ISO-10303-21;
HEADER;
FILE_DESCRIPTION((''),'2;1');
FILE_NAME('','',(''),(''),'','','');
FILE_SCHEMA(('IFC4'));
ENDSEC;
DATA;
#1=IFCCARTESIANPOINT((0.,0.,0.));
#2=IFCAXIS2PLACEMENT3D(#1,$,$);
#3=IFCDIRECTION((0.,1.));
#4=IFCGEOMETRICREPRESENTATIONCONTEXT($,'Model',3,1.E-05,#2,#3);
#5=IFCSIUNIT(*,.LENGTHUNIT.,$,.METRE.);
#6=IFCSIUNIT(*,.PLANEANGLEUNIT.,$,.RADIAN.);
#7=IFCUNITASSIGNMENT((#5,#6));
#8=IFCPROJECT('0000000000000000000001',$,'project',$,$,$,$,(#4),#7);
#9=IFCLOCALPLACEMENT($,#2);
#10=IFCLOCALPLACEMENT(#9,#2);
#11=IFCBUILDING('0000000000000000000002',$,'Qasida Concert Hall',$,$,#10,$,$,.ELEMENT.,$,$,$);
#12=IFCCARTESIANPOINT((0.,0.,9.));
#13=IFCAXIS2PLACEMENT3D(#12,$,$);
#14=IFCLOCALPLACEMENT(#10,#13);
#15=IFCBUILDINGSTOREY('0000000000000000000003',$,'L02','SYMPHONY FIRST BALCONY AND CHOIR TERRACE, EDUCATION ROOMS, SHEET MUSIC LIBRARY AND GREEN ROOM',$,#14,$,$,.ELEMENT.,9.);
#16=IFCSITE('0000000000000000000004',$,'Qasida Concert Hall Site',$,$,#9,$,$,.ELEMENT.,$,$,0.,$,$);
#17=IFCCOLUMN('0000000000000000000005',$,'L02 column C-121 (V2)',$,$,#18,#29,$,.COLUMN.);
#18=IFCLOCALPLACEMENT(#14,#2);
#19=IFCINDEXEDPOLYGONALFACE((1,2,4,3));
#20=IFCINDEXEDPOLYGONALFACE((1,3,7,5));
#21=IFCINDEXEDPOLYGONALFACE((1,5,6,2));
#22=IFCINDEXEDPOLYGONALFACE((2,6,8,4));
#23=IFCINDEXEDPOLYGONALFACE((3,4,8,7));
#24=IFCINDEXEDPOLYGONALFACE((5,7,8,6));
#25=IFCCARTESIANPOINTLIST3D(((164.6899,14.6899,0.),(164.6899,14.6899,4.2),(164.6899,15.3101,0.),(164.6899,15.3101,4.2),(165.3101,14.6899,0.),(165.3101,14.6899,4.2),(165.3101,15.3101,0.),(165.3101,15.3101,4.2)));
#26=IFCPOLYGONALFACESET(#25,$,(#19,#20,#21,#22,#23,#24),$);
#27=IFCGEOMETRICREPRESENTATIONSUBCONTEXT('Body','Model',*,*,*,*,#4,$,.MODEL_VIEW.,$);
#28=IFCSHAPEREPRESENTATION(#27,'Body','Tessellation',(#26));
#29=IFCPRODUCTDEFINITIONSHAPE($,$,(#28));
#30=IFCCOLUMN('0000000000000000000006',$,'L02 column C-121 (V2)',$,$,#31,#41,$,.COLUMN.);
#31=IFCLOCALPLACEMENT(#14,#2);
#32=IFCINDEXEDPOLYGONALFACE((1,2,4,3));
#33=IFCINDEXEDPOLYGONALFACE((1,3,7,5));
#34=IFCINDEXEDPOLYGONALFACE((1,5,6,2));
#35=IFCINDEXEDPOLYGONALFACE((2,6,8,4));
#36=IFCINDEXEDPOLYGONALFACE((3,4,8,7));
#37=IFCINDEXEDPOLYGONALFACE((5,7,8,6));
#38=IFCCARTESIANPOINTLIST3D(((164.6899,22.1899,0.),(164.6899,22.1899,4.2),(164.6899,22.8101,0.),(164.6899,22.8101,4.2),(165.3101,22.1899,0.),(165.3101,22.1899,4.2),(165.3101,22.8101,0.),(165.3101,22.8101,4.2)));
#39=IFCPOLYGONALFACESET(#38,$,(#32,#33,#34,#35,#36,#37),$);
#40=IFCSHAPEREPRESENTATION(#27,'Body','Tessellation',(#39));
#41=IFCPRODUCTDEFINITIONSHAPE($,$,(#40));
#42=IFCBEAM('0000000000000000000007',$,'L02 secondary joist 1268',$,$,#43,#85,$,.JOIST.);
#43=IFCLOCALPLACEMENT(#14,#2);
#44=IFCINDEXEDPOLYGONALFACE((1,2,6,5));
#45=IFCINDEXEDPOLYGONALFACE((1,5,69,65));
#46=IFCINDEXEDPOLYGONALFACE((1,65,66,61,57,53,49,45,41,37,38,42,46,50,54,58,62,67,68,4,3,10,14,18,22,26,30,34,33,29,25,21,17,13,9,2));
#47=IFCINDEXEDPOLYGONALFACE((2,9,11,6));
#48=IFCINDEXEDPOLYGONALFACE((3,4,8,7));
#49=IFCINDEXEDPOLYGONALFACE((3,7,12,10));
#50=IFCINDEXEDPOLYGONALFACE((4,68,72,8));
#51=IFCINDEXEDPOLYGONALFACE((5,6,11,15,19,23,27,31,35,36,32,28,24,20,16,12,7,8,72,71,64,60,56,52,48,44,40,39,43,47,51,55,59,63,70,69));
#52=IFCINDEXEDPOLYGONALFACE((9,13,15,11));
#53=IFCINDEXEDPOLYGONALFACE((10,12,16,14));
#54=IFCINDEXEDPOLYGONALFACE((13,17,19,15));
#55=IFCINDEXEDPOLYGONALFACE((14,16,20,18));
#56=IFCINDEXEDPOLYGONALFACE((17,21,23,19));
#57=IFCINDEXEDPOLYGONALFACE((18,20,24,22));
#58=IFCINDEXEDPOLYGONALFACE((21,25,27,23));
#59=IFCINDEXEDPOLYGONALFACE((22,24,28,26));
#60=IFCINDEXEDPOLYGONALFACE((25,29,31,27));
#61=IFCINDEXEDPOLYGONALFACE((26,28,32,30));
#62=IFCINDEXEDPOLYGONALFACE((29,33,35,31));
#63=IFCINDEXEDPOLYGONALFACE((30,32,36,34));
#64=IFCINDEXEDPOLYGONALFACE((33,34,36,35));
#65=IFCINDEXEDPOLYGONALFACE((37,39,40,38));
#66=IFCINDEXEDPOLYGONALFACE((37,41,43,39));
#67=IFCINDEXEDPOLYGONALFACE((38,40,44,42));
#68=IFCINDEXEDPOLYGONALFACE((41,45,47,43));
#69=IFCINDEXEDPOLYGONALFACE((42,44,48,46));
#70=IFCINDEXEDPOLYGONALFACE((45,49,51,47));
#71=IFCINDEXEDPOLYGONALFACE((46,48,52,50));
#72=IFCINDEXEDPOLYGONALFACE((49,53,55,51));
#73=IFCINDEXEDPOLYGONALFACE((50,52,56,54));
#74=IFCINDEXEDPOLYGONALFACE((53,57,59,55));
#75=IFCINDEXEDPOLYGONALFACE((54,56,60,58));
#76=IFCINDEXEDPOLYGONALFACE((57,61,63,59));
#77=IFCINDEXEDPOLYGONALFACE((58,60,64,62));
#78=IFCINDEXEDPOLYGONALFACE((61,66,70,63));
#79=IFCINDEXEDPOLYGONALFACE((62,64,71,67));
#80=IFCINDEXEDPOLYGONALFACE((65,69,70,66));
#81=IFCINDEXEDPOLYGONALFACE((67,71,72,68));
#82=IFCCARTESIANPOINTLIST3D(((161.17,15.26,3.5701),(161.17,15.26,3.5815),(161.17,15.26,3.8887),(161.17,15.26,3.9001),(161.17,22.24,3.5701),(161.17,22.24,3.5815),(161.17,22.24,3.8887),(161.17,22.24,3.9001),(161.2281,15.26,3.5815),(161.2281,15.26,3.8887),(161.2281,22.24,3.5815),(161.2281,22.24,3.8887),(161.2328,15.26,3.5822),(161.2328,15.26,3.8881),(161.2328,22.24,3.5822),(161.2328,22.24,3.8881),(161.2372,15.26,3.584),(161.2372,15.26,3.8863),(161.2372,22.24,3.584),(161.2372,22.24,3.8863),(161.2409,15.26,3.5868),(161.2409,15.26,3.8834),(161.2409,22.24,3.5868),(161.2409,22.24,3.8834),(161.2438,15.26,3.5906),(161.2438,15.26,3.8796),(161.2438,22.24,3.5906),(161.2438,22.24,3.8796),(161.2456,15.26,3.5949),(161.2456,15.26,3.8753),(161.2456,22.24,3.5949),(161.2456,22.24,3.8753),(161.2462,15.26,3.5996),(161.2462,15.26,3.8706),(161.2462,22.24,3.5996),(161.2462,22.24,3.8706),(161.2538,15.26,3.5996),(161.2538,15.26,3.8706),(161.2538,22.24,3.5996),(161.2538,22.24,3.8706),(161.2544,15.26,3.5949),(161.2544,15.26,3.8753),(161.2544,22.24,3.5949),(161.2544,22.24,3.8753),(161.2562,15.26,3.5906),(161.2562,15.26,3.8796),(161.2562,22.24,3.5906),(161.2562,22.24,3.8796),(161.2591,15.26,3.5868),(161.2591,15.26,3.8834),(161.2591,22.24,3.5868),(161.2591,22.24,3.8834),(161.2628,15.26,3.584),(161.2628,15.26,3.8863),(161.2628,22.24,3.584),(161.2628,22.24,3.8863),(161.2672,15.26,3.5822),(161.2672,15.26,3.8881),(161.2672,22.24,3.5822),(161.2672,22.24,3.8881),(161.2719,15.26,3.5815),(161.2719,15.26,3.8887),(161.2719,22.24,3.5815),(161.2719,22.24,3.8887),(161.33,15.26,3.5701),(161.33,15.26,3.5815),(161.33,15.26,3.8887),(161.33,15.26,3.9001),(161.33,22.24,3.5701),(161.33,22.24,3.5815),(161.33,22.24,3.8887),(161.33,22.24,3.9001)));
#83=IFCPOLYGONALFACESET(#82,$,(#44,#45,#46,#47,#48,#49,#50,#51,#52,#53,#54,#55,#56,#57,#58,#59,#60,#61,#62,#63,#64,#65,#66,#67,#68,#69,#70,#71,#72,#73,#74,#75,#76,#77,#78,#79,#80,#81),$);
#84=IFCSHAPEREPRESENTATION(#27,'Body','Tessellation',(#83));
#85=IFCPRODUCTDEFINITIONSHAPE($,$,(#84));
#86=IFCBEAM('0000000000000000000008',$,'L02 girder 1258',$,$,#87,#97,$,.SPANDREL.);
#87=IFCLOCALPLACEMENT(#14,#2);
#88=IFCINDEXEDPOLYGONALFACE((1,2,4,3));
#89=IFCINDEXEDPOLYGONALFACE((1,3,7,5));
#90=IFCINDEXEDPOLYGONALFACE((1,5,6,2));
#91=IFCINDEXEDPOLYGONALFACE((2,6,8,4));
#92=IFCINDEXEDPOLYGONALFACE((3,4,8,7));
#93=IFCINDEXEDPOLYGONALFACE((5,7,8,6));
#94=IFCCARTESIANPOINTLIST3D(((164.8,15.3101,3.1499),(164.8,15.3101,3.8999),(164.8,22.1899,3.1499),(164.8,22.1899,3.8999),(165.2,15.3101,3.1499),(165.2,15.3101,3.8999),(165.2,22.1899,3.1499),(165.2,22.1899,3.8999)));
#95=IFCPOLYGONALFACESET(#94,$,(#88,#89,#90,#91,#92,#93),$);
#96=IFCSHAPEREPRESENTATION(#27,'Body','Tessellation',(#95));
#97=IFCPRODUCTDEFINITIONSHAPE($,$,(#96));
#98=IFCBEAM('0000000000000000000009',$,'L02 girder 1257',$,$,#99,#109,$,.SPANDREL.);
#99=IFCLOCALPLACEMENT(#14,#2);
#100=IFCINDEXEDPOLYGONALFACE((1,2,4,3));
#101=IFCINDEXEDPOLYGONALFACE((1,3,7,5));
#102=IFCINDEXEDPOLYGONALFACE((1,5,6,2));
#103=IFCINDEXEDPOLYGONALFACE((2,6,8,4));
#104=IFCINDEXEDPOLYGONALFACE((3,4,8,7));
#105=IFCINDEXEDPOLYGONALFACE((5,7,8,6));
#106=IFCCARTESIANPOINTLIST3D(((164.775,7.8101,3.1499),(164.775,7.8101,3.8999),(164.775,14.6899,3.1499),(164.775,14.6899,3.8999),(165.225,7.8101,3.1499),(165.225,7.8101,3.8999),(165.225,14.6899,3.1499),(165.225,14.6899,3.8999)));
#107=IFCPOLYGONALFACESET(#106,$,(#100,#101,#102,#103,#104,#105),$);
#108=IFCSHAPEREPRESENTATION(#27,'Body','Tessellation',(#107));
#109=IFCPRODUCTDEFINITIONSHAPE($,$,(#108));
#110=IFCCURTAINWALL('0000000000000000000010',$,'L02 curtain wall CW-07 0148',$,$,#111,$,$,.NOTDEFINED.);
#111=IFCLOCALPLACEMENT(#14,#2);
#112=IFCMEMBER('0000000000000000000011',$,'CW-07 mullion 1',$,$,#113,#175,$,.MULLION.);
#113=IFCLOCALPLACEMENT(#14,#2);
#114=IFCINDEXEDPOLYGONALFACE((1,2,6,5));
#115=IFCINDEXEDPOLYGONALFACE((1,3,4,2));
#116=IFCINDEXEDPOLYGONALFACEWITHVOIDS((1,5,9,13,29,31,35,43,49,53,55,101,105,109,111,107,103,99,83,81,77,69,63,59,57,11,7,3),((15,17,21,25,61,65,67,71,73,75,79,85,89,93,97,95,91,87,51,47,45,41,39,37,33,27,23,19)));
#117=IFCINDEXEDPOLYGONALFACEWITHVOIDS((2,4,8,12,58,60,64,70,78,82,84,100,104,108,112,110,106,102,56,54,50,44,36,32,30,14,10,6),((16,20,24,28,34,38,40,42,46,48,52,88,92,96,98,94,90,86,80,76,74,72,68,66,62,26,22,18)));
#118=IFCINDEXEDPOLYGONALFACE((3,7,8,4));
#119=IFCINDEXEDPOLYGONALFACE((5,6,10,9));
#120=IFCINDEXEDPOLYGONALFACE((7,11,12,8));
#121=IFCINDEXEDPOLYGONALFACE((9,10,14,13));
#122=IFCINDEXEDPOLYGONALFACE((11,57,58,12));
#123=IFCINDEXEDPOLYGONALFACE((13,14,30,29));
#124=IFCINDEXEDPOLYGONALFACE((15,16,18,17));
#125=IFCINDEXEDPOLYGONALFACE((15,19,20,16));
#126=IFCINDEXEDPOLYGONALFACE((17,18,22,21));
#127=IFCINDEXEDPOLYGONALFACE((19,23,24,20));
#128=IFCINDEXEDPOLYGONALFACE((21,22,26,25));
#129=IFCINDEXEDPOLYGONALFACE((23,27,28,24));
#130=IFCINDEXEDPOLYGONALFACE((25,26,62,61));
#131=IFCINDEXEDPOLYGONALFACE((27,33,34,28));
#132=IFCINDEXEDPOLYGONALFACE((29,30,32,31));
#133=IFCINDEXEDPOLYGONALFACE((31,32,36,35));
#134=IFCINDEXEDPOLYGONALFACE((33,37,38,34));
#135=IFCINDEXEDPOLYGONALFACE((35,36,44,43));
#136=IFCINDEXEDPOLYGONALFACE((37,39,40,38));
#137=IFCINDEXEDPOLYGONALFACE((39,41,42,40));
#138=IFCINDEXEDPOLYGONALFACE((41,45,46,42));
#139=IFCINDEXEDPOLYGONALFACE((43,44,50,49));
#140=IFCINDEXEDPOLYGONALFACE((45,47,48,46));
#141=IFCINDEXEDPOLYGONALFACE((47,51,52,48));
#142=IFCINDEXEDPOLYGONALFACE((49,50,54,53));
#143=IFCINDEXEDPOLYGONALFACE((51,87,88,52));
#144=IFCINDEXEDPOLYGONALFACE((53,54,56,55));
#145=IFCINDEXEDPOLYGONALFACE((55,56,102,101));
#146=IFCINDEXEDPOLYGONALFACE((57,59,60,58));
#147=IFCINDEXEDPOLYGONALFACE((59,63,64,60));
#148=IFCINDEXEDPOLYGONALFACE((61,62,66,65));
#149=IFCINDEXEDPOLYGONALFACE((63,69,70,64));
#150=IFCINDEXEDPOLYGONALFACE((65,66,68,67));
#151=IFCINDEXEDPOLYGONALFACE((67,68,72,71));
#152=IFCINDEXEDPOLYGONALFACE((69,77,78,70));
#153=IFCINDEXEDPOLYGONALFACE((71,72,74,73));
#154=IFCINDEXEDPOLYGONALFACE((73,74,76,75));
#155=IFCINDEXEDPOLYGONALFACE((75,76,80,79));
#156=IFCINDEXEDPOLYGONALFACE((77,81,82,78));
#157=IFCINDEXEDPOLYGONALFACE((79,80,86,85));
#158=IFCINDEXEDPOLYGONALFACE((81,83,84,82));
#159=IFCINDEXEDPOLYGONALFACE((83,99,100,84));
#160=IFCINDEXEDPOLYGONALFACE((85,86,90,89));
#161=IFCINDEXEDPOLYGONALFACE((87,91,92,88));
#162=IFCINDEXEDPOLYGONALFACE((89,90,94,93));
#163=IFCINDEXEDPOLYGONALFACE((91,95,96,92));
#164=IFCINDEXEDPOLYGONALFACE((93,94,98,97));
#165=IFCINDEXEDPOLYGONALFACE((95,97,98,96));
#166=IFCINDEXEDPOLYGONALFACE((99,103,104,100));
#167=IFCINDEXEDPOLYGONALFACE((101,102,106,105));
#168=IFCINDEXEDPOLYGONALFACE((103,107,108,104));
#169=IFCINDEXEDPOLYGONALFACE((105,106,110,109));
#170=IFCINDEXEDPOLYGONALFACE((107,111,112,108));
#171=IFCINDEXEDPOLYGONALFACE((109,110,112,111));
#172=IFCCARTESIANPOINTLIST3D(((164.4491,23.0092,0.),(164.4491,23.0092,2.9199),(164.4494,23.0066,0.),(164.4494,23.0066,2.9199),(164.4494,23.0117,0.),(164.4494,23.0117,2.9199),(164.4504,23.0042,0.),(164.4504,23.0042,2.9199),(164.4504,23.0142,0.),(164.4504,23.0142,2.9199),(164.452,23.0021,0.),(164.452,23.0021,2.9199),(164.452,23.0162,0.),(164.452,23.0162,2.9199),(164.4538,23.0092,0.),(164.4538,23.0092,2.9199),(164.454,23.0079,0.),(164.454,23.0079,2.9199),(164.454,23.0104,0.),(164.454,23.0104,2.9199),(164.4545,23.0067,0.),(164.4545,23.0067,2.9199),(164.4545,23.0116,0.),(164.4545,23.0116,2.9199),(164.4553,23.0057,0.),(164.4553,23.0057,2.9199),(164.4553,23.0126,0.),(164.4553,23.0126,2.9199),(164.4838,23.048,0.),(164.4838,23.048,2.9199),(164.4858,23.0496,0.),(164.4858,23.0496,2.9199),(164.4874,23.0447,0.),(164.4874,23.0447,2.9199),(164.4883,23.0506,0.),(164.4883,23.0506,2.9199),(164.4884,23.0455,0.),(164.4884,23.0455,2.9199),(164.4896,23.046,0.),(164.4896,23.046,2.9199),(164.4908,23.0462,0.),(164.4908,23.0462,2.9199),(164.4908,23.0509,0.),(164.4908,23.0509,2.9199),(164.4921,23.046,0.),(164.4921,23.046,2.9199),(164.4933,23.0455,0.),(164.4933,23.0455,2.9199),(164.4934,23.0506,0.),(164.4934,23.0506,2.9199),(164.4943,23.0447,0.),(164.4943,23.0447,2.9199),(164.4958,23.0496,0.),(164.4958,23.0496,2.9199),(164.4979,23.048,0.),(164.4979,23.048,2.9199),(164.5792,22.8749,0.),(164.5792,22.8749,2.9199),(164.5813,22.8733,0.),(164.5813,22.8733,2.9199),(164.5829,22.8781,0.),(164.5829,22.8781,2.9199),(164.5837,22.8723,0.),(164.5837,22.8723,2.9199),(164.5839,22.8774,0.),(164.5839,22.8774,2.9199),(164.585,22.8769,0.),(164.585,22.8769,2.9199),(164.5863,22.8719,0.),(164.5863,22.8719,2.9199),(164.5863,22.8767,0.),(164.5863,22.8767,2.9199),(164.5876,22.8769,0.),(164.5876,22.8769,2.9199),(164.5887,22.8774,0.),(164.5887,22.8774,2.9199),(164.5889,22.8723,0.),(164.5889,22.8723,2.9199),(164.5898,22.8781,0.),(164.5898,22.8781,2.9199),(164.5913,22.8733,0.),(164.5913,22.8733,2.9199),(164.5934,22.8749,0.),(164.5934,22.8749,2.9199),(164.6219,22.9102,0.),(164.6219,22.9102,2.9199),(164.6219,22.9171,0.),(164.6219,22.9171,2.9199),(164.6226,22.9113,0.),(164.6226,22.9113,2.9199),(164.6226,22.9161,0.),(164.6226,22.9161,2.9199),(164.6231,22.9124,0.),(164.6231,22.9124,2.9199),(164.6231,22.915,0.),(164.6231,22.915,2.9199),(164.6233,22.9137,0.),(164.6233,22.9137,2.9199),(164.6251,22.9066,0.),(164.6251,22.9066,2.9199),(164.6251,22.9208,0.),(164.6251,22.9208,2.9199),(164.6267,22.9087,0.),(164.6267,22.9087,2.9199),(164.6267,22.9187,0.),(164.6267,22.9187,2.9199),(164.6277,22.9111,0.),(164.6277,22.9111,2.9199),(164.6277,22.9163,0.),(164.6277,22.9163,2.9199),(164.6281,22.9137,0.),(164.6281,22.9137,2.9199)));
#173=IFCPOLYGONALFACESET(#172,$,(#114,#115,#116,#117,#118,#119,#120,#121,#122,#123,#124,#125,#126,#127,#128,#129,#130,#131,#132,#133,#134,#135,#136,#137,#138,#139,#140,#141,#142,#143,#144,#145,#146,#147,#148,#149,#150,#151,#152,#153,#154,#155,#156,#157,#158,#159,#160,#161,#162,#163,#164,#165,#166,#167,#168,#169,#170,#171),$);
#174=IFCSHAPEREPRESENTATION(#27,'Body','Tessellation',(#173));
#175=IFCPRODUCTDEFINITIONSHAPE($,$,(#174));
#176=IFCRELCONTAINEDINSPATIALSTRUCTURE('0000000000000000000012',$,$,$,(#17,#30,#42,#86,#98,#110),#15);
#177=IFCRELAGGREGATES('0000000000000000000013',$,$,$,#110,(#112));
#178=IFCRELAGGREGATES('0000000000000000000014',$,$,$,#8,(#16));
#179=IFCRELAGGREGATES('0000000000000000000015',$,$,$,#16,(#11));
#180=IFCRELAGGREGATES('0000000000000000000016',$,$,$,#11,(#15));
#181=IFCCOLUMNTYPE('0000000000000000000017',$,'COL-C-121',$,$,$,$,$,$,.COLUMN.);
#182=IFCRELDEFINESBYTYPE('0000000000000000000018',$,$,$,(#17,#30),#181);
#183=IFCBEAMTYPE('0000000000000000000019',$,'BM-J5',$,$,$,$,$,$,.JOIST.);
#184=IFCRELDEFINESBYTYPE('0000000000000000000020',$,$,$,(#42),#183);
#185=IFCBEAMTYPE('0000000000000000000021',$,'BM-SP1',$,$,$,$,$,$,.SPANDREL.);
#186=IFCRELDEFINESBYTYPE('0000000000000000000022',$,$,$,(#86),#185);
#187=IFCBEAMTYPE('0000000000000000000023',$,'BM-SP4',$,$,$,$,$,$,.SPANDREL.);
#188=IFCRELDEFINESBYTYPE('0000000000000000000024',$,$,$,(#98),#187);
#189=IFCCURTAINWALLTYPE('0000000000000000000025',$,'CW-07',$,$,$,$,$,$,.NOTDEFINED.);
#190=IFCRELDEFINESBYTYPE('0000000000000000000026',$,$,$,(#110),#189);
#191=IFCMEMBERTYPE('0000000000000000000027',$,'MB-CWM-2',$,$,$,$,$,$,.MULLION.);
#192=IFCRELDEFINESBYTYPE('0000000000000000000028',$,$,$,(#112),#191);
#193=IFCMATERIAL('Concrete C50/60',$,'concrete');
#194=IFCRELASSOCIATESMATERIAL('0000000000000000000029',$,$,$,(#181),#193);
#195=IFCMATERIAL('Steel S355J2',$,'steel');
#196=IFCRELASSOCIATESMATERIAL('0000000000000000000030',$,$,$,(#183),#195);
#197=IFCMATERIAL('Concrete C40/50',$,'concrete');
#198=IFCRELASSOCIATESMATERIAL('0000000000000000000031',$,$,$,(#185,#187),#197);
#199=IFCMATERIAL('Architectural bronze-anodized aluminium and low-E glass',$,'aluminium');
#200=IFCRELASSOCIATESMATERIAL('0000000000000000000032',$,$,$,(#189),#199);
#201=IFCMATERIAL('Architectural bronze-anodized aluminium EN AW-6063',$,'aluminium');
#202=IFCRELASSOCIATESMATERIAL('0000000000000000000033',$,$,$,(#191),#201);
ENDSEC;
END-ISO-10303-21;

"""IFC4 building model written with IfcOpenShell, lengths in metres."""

from ifc_helpers import new_model, si_unit, direction, frame, origin, origin_2d, place, context, subcontext, project, spatial, rectangle, hollow_rectangle, i_section, extrude, material, material_profile, profile_set, type_object, element, aggregate, save


model = new_model("IFC4")

# Units and contexts
model_context = context("Model", 3, precision=1e-05, world=origin(), true_north=direction((0.0, 1.0)))
body_context = subcontext(model_context, "Body", "Model", "MODEL_VIEW")
ifc_project = project(units=[si_unit("LENGTHUNIT", "METRE"), si_unit("PLANEANGLEUNIT", "RADIAN")], contexts=[model_context])

# Site, building, storey
site_placement = place(None, origin())
site = spatial("IfcSite", under=ifc_project, at=site_placement, Name="Qasida Concert Hall Site", CompositionType="ELEMENT", RefElevation=0.0)
building_placement = place(site_placement, origin())
building = spatial("IfcBuilding", under=site, at=building_placement, Name="Qasida Concert Hall", CompositionType="ELEMENT")
storey_placement = place(building_placement, frame((0.0, 0.0, 9.0)))
storey = spatial("IfcBuildingStorey", under=building, at=storey_placement, Name="L02", Description="SYMPHONY FIRST BALCONY AND CHOIR TERRACE, EDUCATION ROOMS, SHEET MUSIC LIBRARY AND GREEN ROOM", CompositionType="ELEMENT", Elevation=9.0)

# Columns
ifc_material_1 = material(Name="Concrete C50/60", Category="concrete")
ifc_material_profile_1 = material_profile(ifc_material_1, rectangle(XDim=0.6201, YDim=0.6201, at=origin_2d()), Name="RC 620x620")
ifc_profile_set_1 = profile_set([ifc_material_profile_1], Name="Concrete C50/60")
column_type = type_object("IfcColumnType", Name="COL-C-121", PredefinedType="COLUMN", material=ifc_profile_set_1)
for number, where, z_axis, x_axis, name in (
    (1, (165.0, 15.0, 0.0), (0.0, 0.0, 1.0), (1.0, 0.0, 0.0), "L02 column C-121 (V2)"),
    (2, (165.0, 22.5, 0.0), (0.0, 0.0, 1.0), (1.0, 0.0, 0.0), "L02 column C-121 (V2)"),
):
    element("IfcColumn", number, at=place(storey_placement, frame(where, z_axis=z_axis, x_axis=x_axis)), inside=storey, type_object=column_type, Name=name, PredefinedType="COLUMN", context=body_context, shape_type="SweptSolid", body=[
        extrude(rectangle(XDim=0.6201, YDim=0.6201, at=origin_2d()), origin(), (0.0, 0.0, 1.0), 4.2),
    ])

# Beams
ifc_material_2 = material(Name="Steel S355J2", Category="steel")
ifc_material_profile_2 = material_profile(ifc_material_2, i_section(OverallWidth=0.1599, OverallDepth=0.3301, WebThickness=0.0076, FlangeThickness=0.0115, FilletRadius=0.0181, at=origin_2d()), Name="IPE 330")
ifc_profile_set_2 = profile_set([ifc_material_profile_2], Name="Steel S355J2")
beam_type_1 = type_object("IfcBeamType", Name="BM-J5", PredefinedType="JOIST", material=ifc_profile_set_2)
beam_1_placement = place(storey_placement, frame((161.25, 15.26, 3.7351), z_axis=(0.0, 1.0, 0.0), x_axis=(-1.0, 0.0, 0.0)))
element("IfcBeam", 3, at=beam_1_placement, inside=storey, type_object=beam_type_1, Name="L02 secondary joist 1268", PredefinedType="JOIST", context=body_context, shape_type="SweptSolid", body=[
    extrude(i_section(OverallWidth=0.1599, OverallDepth=0.3301, WebThickness=0.0076, FlangeThickness=0.0115, FilletRadius=0.0181, at=origin_2d()), origin(), (0.0, 0.0, 1.0), 6.98),
])
ifc_material_3 = material(Name="Concrete C40/50", Category="concrete")
ifc_material_profile_3 = material_profile(ifc_material_3, rectangle(XDim=0.3999, YDim=0.75, at=origin_2d()), Name="RC 400x750")
ifc_profile_set_3 = profile_set([ifc_material_profile_3], Name="Concrete C40/50")
beam_type_2 = type_object("IfcBeamType", Name="BM-SP1", PredefinedType="SPANDREL", material=ifc_profile_set_3)
beam_2_placement = place(storey_placement, frame((165.0, 15.3101, 3.5249), z_axis=(0.0, 1.0, 0.0), x_axis=(-1.0, 0.0, 0.0)))
element("IfcBeam", 4, at=beam_2_placement, inside=storey, type_object=beam_type_2, Name="L02 girder 1258", PredefinedType="SPANDREL", context=body_context, shape_type="SweptSolid", body=[
    extrude(rectangle(XDim=0.3999, YDim=0.75, at=origin_2d()), origin(), (0.0, 0.0, 1.0), 6.8799),
])
ifc_material_profile_4 = material_profile(ifc_material_3, rectangle(XDim=0.45, YDim=0.75, at=origin_2d()), Name="RC 450x750")
ifc_profile_set_4 = profile_set([ifc_material_profile_4], Name="Concrete C40/50")
beam_type_3 = type_object("IfcBeamType", Name="BM-SP4", PredefinedType="SPANDREL", material=ifc_profile_set_4)
beam_3_placement = place(storey_placement, frame((165.0, 7.8101, 3.5249), z_axis=(0.0, 1.0, 0.0), x_axis=(-1.0, 0.0, 0.0)))
element("IfcBeam", 5, at=beam_3_placement, inside=storey, type_object=beam_type_3, Name="L02 girder 1257", PredefinedType="SPANDREL", context=body_context, shape_type="SweptSolid", body=[
    extrude(rectangle(XDim=0.45, YDim=0.75, at=origin_2d()), origin(), (0.0, 0.0, 1.0), 6.8799),
])

# Curtain wall, member
ifc_material_4 = material(Name="Architectural bronze-anodized aluminium and low-E glass", Category="aluminium")
curtain_wall_type = type_object("IfcCurtainWallType", Name="CW-07", PredefinedType="NOTDEFINED", material=ifc_material_4)
curtain_wall_placement = place(storey_placement, origin())
curtain_wall = element("IfcCurtainWall", 6, at=curtain_wall_placement, inside=storey, type_object=curtain_wall_type, Name="L02 curtain wall CW-07 0148", PredefinedType="NOTDEFINED")
ifc_material_5 = material(Name="Architectural bronze-anodized aluminium EN AW-6063", Category="aluminium")
ifc_material_profile_5 = material_profile(ifc_material_5, hollow_rectangle(XDim=0.0649, YDim=0.2, WallThickness=0.0049, InnerFilletRadius=0.0049, OuterFilletRadius=0.01, at=origin_2d()), Name="CWM 200x65x5")
ifc_profile_set_5 = profile_set([ifc_material_profile_5], Name="Architectural bronze-anodized aluminium EN AW-6063")
member_type_1 = type_object("IfcMemberType", Name="MB-CWM-2", PredefinedType="MULLION", material=ifc_profile_set_5)
member_1_placement = place(storey_placement, frame((164.5386, 22.9614, 0.0), z_axis=(0.0, 0.0, 1.0), x_axis=(-0.707107, -0.707107, 0.0)))
member_1 = element("IfcMember", 7, at=member_1_placement, type_object=member_type_1, Name="CW-07 mullion 1", PredefinedType="MULLION", context=body_context, shape_type="SweptSolid", body=[
    extrude(hollow_rectangle(XDim=0.0649, YDim=0.2, WallThickness=0.0049, InnerFilletRadius=0.0049, OuterFilletRadius=0.01, at=origin_2d()), origin(), (0.0, 0.0, 1.0), 2.9199),
])
aggregate(curtain_wall, [member_1])

save(model, "model.ifc")
